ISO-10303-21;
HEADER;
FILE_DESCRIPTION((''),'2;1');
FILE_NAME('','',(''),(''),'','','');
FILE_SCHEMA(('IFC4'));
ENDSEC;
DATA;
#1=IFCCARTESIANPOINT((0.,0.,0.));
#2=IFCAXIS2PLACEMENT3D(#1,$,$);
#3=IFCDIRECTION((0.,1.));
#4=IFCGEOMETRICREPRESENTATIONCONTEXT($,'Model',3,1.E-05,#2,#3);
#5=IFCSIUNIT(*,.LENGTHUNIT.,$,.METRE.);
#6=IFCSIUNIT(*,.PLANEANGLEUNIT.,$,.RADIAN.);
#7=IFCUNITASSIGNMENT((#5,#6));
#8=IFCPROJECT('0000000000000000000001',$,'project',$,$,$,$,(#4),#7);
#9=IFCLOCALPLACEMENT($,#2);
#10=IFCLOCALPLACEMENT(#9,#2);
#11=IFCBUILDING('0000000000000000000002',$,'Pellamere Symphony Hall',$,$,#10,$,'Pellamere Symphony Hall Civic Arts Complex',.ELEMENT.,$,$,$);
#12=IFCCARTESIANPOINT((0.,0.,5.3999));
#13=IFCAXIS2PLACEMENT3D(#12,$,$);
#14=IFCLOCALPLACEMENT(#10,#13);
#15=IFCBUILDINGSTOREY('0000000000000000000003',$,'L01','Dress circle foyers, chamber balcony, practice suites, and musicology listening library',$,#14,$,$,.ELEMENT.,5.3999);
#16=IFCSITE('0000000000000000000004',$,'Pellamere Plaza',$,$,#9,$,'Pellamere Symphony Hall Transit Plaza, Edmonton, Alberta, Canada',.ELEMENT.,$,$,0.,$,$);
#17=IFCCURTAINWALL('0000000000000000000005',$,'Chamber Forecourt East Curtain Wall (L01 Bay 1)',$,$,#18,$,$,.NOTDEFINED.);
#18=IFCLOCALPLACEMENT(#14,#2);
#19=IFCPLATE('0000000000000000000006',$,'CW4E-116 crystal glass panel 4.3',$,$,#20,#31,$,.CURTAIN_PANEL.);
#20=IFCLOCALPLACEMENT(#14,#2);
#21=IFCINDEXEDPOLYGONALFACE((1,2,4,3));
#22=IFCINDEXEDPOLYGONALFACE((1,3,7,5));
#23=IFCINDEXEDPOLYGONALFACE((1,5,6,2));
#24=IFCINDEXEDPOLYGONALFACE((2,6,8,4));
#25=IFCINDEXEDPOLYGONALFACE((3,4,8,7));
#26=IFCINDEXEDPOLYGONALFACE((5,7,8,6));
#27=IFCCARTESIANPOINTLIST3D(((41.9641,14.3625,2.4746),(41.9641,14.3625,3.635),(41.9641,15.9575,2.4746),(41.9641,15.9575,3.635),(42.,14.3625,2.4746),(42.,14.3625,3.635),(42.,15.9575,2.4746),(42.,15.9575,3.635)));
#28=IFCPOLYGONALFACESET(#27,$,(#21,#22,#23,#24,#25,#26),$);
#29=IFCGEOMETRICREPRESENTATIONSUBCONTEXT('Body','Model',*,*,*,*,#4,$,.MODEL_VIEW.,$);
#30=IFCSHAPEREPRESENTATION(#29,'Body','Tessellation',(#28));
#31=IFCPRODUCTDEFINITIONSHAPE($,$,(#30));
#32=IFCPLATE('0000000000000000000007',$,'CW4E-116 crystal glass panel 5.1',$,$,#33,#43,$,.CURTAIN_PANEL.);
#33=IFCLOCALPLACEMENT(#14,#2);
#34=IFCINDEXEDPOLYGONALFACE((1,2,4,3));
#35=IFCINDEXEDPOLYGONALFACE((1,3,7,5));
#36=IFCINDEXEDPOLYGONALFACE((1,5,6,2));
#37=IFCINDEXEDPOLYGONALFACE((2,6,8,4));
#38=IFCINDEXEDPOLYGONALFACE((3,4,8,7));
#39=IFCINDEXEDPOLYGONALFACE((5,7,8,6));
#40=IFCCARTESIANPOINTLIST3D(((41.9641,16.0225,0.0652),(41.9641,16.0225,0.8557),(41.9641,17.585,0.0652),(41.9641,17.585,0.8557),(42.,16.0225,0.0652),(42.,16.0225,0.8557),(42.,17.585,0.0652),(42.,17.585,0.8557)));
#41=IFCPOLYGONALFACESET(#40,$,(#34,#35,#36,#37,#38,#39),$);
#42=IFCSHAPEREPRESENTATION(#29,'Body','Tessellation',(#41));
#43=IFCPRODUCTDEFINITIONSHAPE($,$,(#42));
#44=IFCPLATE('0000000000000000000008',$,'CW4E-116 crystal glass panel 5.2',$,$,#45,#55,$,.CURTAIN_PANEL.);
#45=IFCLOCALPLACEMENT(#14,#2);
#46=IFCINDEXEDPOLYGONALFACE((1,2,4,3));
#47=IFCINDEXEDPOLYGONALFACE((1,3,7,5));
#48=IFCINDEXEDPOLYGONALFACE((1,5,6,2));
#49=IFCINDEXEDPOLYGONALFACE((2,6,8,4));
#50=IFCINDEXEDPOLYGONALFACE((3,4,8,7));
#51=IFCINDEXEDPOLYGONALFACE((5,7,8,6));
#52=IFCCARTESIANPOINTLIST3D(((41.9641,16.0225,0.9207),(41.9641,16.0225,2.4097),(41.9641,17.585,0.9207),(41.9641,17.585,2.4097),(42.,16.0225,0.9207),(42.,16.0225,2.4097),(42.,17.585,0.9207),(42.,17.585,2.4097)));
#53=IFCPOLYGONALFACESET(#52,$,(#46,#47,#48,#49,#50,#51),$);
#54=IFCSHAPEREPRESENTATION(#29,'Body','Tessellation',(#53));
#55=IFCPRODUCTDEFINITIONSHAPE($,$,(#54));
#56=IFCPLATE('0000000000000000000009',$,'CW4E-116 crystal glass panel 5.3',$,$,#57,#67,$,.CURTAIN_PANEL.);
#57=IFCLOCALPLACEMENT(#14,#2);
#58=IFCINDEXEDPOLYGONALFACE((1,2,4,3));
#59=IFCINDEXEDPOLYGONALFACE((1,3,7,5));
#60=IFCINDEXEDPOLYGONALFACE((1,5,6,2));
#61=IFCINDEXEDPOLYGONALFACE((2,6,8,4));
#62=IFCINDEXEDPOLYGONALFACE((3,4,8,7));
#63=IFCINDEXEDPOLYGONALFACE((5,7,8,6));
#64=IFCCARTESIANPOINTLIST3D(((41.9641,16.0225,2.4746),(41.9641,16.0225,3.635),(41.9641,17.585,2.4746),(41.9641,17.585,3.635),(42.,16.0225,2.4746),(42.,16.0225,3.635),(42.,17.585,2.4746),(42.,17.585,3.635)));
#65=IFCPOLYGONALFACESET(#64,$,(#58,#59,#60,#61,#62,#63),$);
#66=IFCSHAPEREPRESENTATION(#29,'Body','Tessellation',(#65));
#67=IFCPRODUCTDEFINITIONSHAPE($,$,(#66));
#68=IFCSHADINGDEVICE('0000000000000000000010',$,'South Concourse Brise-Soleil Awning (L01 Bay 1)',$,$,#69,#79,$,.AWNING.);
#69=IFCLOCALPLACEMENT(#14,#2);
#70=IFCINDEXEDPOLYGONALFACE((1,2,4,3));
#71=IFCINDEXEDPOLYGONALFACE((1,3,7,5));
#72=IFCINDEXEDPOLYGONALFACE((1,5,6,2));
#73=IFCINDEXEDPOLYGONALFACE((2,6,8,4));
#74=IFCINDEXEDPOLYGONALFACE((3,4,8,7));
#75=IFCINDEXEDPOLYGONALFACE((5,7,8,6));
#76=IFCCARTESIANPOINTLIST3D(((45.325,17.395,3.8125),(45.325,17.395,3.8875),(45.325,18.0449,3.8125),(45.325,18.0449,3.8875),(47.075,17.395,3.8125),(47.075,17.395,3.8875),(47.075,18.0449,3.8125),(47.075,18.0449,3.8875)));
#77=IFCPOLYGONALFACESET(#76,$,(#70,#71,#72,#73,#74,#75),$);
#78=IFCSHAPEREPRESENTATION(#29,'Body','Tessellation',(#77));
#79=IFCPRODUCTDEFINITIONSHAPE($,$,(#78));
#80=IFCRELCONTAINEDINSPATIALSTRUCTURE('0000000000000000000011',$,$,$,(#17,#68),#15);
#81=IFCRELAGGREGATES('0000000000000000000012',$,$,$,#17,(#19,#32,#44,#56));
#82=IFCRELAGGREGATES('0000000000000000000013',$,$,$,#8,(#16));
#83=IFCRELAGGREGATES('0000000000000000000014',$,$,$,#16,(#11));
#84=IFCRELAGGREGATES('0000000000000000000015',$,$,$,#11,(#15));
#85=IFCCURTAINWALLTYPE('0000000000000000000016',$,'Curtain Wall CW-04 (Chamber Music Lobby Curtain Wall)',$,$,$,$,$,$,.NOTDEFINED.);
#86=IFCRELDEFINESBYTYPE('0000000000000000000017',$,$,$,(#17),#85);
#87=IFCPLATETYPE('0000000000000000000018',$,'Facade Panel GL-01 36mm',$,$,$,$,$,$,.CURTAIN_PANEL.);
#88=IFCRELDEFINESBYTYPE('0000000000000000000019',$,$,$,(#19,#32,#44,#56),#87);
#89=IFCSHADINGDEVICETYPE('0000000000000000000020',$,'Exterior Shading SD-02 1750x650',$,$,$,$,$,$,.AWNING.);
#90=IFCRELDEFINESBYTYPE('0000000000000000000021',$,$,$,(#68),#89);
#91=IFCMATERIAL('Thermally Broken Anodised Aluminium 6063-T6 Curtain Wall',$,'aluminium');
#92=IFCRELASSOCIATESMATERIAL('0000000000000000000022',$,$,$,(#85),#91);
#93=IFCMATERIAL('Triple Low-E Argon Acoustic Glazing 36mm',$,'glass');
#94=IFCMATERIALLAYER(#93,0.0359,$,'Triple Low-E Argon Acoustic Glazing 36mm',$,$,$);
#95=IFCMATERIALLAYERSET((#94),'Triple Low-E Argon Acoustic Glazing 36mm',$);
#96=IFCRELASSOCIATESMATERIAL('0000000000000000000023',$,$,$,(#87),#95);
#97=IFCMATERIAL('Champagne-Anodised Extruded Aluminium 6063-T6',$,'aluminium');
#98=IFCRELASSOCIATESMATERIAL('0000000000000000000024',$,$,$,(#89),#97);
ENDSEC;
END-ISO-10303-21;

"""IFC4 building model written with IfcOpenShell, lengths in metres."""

from ifc_helpers import new_model, si_unit, direction, frame, origin, origin_2d, place, context, subcontext, project, spatial, polyline, rectangle, outline, extrude, material, layer, layer_set, type_object, element, aggregate, save


model = new_model("IFC4")

# Units and contexts
model_context = context("Model", 3, precision=1e-05, world=origin(), true_north=direction((0.0, 1.0)))
body_context = subcontext(model_context, "Body", "Model", "MODEL_VIEW")
ifc_project = project(units=[si_unit("LENGTHUNIT", "METRE"), si_unit("PLANEANGLEUNIT", "RADIAN")], contexts=[model_context])

# Site, building, storey
site_placement = place(None, origin())
site = spatial("IfcSite", under=ifc_project, at=site_placement, Name="Pellamere Plaza", LongName="Pellamere Symphony Hall Transit Plaza, Edmonton, Alberta, Canada", CompositionType="ELEMENT", RefElevation=0.0)
building_placement = place(site_placement, origin())
building = spatial("IfcBuilding", under=site, at=building_placement, Name="Pellamere Symphony Hall", LongName="Pellamere Symphony Hall Civic Arts Complex", CompositionType="ELEMENT")
storey_placement = place(building_placement, frame((0.0, 0.0, 5.3999)))
storey = spatial("IfcBuildingStorey", under=building, at=storey_placement, Name="L01", Description="Dress circle foyers, chamber balcony, practice suites, and musicology listening library", CompositionType="ELEMENT", Elevation=5.3999)

# Shared definitions
ifc_material_1 = material(Name="Thermally Broken Anodised Aluminium 6063-T6 Curtain Wall", Category="aluminium")

# Curtain wall
curtain_wall_type_1 = type_object("IfcCurtainWallType", Name="Curtain Wall CW-04 (Chamber Music Lobby Curtain Wall)", PredefinedType="NOTDEFINED", material=ifc_material_1)
curtain_wall_1_placement = place(storey_placement, origin())
curtain_wall_1 = element("IfcCurtainWall", 1, at=curtain_wall_1_placement, inside=storey, type_object=curtain_wall_type_1, Name="Chamber Forecourt East Curtain Wall (L01 Bay 1)", PredefinedType="NOTDEFINED")

# Plates
ifc_material_2 = material(Name="Triple Low-E Argon Acoustic Glazing 36mm", Category="glass")
ifc_layer = layer(ifc_material_2, 0.0359, Name="Triple Low-E Argon Acoustic Glazing 36mm")
ifc_layer_set = layer_set([ifc_layer], Name="Triple Low-E Argon Acoustic Glazing 36mm")
plate_type = type_object("IfcPlateType", Name="Facade Panel GL-01 36mm", PredefinedType="CURTAIN_PANEL", material=ifc_layer_set)
plate_1_placement = place(storey_placement, frame((42.0, 14.3625, 2.4746), z_axis=(1.0, 0.0, 0.0), x_axis=(0.0, 1.0, 0.0)))
plate_1 = element("IfcPlate", 2, at=plate_1_placement, type_object=plate_type, Name="CW4E-116 crystal glass panel 4.3", PredefinedType="CURTAIN_PANEL", context=body_context, shape_type="SweptSolid", body=[
    extrude(outline(polyline([(0.0, 0.0), (1.595, 0.0), (1.595, 1.1604), (0.0, 1.1604), (0.0, 0.0)])), origin(), (0.0, 0.0, -1.0), 0.0359),
])
plate_2_placement = place(storey_placement, frame((42.0, 16.0225, 0.0652), z_axis=(1.0, 0.0, 0.0), x_axis=(0.0, 1.0, 0.0)))
plate_2 = element("IfcPlate", 3, at=plate_2_placement, type_object=plate_type, Name="CW4E-116 crystal glass panel 5.1", PredefinedType="CURTAIN_PANEL", context=body_context, shape_type="SweptSolid", body=[
    extrude(outline(polyline([(0.0, 0.0), (1.5625, 0.0), (1.5625, 0.7905), (0.0, 0.7905), (0.0, 0.0)])), origin(), (0.0, 0.0, -1.0), 0.0359),
])
plate_3_placement = place(storey_placement, frame((42.0, 16.0225, 0.9207), z_axis=(1.0, 0.0, 0.0), x_axis=(0.0, 1.0, 0.0)))
plate_3 = element("IfcPlate", 4, at=plate_3_placement, type_object=plate_type, Name="CW4E-116 crystal glass panel 5.2", PredefinedType="CURTAIN_PANEL", context=body_context, shape_type="SweptSolid", body=[
    extrude(outline(polyline([(0.0, 0.0), (1.5625, 0.0), (1.5625, 1.489), (0.0, 1.489), (0.0, 0.0)])), origin(), (0.0, 0.0, -1.0), 0.0359),
])
plate_4_placement = place(storey_placement, frame((42.0, 16.0225, 2.4746), z_axis=(1.0, 0.0, 0.0), x_axis=(0.0, 1.0, 0.0)))
plate_4 = element("IfcPlate", 5, at=plate_4_placement, type_object=plate_type, Name="CW4E-116 crystal glass panel 5.3", PredefinedType="CURTAIN_PANEL", context=body_context, shape_type="SweptSolid", body=[
    extrude(outline(polyline([(0.0, 0.0), (1.5625, 0.0), (1.5625, 1.1604), (0.0, 1.1604), (0.0, 0.0)])), origin(), (0.0, 0.0, -1.0), 0.0359),
])
aggregate(curtain_wall_1, [plate_1, plate_2, plate_3, plate_4])

# Shading device
ifc_material_3 = material(Name="Champagne-Anodised Extruded Aluminium 6063-T6", Category="aluminium")
shading_device_type = type_object("IfcShadingDeviceType", Name="Exterior Shading SD-02 1750x650", PredefinedType="AWNING", material=ifc_material_3)
shading_device_placement = place(storey_placement, frame((46.2, 17.72, 3.8125), z_axis=(0.0, 0.0, 1.0), x_axis=(1.0, 0.0, 0.0)))
element("IfcShadingDevice", 6, at=shading_device_placement, inside=storey, type_object=shading_device_type, Name="South Concourse Brise-Soleil Awning (L01 Bay 1)", PredefinedType="AWNING", context=body_context, shape_type="SweptSolid", body=[
    extrude(rectangle(XDim=1.75, YDim=0.6499, at=origin_2d()), origin(), (0.0, 0.0, 1.0), 0.075),
])

save(model, "model.ifc")
